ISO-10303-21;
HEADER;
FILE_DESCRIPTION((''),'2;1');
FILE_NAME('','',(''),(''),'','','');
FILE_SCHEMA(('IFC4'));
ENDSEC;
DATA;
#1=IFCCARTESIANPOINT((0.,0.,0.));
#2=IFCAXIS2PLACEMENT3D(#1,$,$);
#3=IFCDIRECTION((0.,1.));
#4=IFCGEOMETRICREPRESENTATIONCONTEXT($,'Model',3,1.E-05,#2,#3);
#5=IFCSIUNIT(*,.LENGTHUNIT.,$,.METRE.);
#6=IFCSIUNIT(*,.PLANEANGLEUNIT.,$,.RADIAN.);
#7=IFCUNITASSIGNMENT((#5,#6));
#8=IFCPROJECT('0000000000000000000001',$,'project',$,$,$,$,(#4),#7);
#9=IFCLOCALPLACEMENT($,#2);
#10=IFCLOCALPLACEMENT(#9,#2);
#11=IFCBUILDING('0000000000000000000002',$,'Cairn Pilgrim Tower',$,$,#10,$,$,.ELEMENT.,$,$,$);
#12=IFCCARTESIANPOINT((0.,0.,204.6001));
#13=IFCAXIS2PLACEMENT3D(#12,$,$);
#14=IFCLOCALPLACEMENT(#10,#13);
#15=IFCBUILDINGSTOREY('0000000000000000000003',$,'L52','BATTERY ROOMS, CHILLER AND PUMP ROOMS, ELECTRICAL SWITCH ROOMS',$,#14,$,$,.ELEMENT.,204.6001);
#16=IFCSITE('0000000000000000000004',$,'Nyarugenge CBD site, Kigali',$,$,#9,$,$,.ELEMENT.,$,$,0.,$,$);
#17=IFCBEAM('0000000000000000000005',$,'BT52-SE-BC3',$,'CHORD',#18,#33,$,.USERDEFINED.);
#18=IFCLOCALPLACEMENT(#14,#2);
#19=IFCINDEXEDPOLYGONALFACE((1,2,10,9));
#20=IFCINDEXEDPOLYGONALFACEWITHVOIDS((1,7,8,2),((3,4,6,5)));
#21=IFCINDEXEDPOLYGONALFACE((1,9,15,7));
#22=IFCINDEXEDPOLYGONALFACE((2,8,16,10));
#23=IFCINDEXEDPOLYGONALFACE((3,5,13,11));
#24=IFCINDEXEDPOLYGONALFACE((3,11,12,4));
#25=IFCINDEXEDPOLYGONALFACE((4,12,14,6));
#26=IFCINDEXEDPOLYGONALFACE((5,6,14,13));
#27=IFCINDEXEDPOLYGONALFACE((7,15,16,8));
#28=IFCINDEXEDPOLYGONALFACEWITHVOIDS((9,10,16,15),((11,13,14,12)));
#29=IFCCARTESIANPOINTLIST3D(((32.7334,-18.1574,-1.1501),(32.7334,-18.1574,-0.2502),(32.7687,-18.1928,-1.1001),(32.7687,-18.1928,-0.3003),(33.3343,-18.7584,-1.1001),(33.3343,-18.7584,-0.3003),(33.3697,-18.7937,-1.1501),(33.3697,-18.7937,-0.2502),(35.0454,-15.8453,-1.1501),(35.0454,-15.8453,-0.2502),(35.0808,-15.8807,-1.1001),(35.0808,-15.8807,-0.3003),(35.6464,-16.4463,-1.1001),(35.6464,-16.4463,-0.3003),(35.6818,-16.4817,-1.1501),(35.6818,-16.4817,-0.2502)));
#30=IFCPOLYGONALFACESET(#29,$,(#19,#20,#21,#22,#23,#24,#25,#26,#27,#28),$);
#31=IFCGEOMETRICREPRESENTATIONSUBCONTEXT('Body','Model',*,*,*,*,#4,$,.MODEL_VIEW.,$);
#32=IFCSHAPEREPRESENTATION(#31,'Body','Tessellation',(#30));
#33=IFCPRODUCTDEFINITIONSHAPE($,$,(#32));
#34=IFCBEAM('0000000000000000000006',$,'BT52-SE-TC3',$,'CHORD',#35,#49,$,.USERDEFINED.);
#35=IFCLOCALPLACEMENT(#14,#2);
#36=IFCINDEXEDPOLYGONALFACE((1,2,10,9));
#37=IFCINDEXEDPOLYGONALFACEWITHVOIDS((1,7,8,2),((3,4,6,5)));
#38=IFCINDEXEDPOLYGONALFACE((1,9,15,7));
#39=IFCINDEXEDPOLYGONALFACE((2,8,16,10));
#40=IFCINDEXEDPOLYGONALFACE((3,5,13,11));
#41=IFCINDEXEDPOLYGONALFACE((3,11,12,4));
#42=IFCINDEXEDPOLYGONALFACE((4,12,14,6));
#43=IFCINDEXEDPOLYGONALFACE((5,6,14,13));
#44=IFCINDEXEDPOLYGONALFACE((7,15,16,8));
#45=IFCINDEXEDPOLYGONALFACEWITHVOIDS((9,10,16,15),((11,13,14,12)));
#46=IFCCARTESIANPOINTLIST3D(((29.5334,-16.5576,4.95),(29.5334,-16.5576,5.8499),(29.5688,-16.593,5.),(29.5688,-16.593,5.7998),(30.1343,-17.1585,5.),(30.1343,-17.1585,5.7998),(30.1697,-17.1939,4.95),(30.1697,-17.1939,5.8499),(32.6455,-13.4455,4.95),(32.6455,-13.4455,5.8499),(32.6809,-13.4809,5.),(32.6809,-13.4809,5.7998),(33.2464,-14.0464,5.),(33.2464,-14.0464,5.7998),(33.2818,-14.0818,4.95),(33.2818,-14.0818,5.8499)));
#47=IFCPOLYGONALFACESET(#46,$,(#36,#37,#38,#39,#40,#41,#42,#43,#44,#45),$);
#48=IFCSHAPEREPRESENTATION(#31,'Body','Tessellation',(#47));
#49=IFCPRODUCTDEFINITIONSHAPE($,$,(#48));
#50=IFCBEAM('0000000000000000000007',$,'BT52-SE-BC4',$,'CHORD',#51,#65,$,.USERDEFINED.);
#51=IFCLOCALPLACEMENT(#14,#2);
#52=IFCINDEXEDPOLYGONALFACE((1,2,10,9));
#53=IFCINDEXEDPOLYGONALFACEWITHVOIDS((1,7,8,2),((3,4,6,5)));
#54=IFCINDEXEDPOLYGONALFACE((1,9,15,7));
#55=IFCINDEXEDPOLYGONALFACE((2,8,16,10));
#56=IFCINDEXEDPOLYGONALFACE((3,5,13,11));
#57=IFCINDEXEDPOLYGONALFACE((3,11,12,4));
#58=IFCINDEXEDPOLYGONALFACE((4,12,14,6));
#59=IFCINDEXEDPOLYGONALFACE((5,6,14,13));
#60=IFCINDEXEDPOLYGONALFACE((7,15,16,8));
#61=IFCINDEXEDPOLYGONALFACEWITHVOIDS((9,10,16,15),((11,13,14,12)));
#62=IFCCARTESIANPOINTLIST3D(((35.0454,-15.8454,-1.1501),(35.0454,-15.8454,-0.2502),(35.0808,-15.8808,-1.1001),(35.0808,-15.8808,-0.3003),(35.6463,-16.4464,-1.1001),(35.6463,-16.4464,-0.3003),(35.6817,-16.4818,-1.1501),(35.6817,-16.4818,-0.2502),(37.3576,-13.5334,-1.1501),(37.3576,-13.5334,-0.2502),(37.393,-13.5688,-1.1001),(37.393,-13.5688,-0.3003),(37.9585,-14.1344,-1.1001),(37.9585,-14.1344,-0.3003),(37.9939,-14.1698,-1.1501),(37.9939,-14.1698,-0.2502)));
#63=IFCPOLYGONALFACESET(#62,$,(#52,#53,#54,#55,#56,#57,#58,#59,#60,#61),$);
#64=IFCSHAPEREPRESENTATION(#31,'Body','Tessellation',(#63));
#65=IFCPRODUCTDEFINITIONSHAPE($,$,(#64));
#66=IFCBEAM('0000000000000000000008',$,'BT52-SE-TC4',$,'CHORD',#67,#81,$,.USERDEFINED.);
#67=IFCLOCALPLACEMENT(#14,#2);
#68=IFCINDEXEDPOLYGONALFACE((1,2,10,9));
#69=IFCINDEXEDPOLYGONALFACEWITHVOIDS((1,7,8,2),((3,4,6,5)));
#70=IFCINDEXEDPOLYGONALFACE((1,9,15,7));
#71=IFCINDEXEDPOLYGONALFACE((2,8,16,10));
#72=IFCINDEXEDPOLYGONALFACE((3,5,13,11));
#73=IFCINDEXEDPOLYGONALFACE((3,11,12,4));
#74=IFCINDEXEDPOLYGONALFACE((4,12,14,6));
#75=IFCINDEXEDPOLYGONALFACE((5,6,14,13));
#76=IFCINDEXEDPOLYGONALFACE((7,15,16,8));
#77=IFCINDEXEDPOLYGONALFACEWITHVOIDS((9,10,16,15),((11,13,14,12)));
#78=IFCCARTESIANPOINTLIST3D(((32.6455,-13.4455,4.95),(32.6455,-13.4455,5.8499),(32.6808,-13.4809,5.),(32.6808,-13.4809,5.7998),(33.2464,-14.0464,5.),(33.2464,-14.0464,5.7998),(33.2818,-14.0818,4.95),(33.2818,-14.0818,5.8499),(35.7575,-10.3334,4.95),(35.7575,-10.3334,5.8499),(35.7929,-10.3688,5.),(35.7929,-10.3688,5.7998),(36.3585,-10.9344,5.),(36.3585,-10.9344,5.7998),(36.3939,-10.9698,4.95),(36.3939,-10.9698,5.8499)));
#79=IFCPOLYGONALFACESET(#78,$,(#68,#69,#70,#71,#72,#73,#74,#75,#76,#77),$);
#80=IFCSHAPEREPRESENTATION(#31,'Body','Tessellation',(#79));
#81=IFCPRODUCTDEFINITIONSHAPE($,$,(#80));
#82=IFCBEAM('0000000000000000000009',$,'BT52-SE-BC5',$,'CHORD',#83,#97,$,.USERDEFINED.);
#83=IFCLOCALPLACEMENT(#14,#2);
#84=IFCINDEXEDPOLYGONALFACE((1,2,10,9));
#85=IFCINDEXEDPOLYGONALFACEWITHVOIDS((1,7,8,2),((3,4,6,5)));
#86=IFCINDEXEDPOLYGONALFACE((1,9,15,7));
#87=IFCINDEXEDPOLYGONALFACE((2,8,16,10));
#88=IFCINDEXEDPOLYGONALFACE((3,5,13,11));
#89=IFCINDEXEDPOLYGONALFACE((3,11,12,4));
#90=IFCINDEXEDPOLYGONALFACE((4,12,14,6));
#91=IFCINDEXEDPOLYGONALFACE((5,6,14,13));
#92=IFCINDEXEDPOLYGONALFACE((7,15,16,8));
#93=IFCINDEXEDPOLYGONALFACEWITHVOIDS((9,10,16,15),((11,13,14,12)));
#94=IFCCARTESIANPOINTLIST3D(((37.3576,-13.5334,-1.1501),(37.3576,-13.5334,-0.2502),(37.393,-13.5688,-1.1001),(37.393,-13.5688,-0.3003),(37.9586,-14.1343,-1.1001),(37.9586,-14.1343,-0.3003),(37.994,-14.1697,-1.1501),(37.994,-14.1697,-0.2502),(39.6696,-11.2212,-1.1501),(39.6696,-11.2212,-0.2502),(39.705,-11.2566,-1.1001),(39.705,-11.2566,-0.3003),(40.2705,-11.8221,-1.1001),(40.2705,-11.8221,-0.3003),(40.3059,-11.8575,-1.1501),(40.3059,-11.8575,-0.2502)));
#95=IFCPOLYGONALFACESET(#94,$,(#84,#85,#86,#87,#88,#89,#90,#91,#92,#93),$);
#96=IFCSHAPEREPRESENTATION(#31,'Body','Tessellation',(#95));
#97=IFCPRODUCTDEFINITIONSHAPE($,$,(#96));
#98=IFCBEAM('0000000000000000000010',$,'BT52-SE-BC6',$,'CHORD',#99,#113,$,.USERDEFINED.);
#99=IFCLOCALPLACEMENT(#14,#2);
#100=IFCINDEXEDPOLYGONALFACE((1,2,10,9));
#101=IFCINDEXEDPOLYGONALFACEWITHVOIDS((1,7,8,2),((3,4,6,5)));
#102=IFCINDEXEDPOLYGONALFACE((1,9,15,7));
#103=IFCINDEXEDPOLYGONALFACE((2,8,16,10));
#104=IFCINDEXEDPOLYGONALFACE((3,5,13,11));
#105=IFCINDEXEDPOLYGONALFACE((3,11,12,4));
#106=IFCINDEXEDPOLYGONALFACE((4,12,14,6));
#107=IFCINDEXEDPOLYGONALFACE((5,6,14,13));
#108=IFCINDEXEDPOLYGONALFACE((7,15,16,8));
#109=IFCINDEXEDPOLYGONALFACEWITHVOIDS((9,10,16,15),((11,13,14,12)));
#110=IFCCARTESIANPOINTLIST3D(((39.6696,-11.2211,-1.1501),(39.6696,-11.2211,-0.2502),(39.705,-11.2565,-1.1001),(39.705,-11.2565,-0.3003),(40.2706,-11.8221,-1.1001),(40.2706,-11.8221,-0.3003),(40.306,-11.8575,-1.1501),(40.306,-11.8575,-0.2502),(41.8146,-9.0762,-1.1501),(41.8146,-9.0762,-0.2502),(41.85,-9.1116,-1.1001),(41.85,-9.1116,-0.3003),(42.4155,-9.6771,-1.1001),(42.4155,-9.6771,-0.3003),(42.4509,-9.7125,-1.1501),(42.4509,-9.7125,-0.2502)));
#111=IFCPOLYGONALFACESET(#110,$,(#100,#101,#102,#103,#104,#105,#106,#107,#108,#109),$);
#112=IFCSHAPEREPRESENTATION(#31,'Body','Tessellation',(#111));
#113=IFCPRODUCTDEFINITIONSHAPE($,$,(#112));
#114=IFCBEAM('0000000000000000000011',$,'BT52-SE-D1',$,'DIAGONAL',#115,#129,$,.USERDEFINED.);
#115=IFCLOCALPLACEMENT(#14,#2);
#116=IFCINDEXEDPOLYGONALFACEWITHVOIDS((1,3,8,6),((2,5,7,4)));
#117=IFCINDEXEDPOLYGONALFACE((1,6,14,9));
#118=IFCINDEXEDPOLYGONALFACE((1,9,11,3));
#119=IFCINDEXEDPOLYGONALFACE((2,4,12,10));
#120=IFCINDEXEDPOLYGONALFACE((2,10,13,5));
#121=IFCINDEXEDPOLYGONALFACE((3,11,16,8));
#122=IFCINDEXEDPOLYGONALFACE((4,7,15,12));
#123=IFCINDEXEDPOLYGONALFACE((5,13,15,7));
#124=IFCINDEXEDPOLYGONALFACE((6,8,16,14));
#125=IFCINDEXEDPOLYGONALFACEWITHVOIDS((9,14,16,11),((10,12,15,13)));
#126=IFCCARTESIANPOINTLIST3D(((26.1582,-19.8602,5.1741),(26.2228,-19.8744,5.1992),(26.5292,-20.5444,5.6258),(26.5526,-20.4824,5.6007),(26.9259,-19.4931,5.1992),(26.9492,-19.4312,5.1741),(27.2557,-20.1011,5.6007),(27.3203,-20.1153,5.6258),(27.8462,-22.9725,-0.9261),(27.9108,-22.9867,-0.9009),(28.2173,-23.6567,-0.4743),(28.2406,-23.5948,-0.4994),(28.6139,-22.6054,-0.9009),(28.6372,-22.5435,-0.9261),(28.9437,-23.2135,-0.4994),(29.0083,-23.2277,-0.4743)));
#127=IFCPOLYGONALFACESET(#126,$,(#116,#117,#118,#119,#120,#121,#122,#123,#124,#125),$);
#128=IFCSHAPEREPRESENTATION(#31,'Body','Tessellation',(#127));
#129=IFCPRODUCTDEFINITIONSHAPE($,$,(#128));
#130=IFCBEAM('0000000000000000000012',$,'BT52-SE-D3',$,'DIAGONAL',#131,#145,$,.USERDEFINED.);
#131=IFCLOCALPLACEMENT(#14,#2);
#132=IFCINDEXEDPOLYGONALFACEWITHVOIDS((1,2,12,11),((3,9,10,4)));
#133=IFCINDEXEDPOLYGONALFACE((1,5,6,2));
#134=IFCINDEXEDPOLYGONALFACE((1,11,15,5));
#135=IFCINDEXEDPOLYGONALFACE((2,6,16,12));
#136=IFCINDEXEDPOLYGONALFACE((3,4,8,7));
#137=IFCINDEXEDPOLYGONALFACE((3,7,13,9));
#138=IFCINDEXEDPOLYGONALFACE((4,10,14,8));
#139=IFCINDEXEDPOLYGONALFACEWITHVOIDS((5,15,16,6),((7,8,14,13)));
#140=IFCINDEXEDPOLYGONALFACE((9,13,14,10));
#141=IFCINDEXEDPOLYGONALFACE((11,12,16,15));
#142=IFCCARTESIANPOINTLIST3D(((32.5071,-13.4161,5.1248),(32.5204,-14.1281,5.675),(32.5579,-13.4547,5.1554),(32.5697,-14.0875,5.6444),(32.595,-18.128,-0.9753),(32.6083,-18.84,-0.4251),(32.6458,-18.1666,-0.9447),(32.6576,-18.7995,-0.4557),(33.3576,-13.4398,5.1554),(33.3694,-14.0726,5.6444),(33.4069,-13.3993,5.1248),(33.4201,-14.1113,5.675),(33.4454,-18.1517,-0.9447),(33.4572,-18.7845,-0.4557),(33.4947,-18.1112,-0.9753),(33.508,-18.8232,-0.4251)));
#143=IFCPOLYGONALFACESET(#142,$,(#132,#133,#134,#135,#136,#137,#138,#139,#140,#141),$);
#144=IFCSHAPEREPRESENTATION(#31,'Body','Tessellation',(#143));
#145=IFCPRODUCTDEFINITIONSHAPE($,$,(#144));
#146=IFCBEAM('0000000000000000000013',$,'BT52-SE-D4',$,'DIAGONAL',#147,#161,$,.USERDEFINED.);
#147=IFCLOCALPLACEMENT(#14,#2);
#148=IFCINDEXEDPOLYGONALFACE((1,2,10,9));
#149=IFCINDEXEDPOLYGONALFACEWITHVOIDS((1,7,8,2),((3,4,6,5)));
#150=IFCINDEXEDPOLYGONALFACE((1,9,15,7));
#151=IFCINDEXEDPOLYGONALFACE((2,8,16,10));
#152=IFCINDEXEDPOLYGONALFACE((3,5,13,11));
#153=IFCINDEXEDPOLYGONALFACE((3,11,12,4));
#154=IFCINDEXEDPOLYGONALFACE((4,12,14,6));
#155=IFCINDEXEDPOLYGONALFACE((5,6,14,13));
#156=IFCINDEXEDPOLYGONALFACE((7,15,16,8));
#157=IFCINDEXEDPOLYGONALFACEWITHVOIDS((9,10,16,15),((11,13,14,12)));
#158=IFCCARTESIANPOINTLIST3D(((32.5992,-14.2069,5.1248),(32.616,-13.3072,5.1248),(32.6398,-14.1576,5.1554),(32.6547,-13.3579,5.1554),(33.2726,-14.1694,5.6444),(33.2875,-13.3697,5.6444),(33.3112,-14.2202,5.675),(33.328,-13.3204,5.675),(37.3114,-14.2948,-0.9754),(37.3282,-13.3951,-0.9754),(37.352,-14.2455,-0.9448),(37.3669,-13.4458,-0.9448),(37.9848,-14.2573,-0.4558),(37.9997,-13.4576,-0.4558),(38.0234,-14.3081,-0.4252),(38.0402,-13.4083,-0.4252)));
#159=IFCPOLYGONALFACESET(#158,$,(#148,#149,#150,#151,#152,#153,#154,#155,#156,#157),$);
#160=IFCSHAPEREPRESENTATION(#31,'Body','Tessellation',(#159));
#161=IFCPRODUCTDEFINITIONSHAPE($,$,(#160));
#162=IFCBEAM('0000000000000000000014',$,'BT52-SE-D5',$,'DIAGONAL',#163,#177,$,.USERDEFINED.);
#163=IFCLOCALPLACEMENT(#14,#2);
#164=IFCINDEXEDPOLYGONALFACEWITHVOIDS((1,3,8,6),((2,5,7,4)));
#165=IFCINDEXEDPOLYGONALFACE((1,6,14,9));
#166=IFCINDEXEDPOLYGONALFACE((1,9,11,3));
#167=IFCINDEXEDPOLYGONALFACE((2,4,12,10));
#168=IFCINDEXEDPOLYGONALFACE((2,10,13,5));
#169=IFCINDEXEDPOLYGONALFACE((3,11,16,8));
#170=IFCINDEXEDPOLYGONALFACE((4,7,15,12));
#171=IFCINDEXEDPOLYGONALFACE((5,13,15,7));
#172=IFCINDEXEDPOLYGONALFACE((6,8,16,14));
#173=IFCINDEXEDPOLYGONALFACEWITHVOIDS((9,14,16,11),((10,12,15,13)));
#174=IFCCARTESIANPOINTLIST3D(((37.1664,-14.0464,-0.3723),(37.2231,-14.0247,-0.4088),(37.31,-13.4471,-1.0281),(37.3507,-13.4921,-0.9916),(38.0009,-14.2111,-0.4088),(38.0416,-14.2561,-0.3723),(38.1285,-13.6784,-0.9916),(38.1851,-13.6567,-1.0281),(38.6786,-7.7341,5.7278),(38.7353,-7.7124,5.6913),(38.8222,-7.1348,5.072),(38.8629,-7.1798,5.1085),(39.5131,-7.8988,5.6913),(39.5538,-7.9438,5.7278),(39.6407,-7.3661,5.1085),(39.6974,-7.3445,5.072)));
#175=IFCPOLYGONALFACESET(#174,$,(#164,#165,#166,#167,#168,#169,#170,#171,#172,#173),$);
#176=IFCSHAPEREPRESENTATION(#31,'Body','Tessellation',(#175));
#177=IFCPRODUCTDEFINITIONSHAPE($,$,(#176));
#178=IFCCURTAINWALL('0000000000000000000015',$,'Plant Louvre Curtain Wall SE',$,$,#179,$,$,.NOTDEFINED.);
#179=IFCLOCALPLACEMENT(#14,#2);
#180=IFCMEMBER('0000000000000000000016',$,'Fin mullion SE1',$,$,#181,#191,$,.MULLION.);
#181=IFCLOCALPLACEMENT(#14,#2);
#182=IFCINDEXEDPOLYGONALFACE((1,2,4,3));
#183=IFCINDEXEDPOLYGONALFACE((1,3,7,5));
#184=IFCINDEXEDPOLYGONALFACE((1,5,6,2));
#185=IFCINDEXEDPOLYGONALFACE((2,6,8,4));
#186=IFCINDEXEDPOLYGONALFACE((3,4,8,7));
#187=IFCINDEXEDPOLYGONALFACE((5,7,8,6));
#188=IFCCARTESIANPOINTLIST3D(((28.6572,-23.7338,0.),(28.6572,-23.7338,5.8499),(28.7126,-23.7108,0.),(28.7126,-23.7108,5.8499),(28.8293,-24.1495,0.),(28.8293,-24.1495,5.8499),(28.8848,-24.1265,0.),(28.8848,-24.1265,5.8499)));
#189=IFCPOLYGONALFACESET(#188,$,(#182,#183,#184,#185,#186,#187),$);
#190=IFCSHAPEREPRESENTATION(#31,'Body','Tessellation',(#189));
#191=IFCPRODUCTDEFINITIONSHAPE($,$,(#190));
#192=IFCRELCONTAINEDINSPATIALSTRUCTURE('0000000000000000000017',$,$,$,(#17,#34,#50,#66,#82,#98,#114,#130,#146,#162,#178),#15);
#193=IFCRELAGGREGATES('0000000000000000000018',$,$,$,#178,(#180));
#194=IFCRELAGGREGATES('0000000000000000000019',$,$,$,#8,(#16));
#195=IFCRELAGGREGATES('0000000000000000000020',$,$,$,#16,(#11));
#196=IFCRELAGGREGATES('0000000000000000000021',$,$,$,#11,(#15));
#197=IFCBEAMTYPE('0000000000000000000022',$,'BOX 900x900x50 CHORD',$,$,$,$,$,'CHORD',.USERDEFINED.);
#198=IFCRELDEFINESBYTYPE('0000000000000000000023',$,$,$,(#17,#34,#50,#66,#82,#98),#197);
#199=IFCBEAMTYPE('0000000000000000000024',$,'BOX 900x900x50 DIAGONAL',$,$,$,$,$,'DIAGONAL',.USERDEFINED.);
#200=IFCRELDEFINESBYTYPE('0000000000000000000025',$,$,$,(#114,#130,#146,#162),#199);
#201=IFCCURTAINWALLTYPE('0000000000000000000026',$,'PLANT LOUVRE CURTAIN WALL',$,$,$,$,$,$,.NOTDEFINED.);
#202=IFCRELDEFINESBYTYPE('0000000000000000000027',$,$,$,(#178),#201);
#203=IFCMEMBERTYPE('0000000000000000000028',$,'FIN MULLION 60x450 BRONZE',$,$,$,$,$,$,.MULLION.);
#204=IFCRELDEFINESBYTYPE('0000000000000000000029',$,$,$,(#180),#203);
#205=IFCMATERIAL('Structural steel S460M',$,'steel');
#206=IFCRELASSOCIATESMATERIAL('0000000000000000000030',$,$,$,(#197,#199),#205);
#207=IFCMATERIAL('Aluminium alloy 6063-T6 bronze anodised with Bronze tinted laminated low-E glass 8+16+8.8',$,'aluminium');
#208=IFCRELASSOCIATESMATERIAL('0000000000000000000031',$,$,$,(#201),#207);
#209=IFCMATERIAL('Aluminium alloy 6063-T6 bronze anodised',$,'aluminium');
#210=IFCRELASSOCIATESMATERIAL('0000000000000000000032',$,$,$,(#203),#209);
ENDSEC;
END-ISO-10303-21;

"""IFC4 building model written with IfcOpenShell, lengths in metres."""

from ifc_helpers import new_model, si_unit, direction, frame, origin, origin_2d, place, context, subcontext, project, spatial, rectangle, hollow_rectangle, extrude, material, material_profile, profile_set, type_object, element, aggregate, save


model = new_model("IFC4")

# Units and contexts
model_context = context("Model", 3, precision=1e-05, world=origin(), true_north=direction((0.0, 1.0)))
body_context = subcontext(model_context, "Body", "Model", "MODEL_VIEW")
ifc_project = project(units=[si_unit("LENGTHUNIT", "METRE"), si_unit("PLANEANGLEUNIT", "RADIAN")], contexts=[model_context])

# Site, building, storey
site_placement = place(None, origin())
site = spatial("IfcSite", under=ifc_project, at=site_placement, Name="Nyarugenge CBD site, Kigali", CompositionType="ELEMENT", RefElevation=0.0)
building_placement = place(site_placement, origin())
building = spatial("IfcBuilding", under=site, at=building_placement, Name="Cairn Pilgrim Tower", CompositionType="ELEMENT")
storey_placement = place(building_placement, frame((0.0, 0.0, 204.6001)))
storey = spatial("IfcBuildingStorey", under=building, at=storey_placement, Name="L52", Description="BATTERY ROOMS, CHILLER AND PUMP ROOMS, ELECTRICAL SWITCH ROOMS", CompositionType="ELEMENT", Elevation=204.6001)

# Shared definitions
ifc_material_1 = material(Name="Structural steel S460M", Category="steel")

# Beams
ifc_material_profile_1 = material_profile(ifc_material_1, hollow_rectangle(XDim=0.8999, YDim=0.8999, WallThickness=0.05, at=origin_2d()), Name="BOX 900x900x50")
ifc_profile_set_1 = profile_set([ifc_material_profile_1], Name="Structural steel S460M")
beam_type_1 = type_object("IfcBeamType", Name="BOX 900x900x50 CHORD", ElementType="CHORD", PredefinedType="USERDEFINED", material=ifc_profile_set_1)
beam_1_placement = place(storey_placement, frame((33.0515, -18.4756, -0.7002), z_axis=(0.707107, 0.707107, 0.0), x_axis=(-0.707107, 0.707107, 0.0)))
element("IfcBeam", 1, at=beam_1_placement, inside=storey, type_object=beam_type_1, Name="BT52-SE-BC3", ObjectType="CHORD", PredefinedType="USERDEFINED", context=body_context, shape_type="SweptSolid", body=[
    extrude(hollow_rectangle(XDim=0.8999, YDim=0.8999, WallThickness=0.05, at=origin_2d()), origin(), (0.0, 0.0, 1.0), 3.2698),
])
beam_2_placement = place(storey_placement, frame((29.8516, -16.8757, 5.3999), z_axis=(0.707107, 0.707107, 0.0), x_axis=(-0.707107, 0.707107, 0.0)))
element("IfcBeam", 2, at=beam_2_placement, inside=storey, type_object=beam_type_1, Name="BT52-SE-TC3", ObjectType="CHORD", PredefinedType="USERDEFINED", context=body_context, shape_type="SweptSolid", body=[
    extrude(hollow_rectangle(XDim=0.8999, YDim=0.8999, WallThickness=0.05, at=origin_2d()), origin(), (0.0, 0.0, 1.0), 4.4011),
])
beam_3_placement = place(storey_placement, frame((35.3635, -16.1636, -0.7002), z_axis=(0.707144, 0.707069, 0.0), x_axis=(-0.707069, 0.707144, 0.0)))
element("IfcBeam", 3, at=beam_3_placement, inside=storey, type_object=beam_type_1, Name="BT52-SE-BC4", ObjectType="CHORD", PredefinedType="USERDEFINED", context=body_context, shape_type="SweptSolid", body=[
    extrude(hollow_rectangle(XDim=0.8999, YDim=0.8999, WallThickness=0.05, at=origin_2d()), origin(), (0.0, 0.0, 1.0), 3.2698),
])
beam_4_placement = place(storey_placement, frame((32.9636, -13.7637, 5.3999), z_axis=(0.707107, 0.707107, 0.0), x_axis=(-0.707107, 0.707107, 0.0)))
element("IfcBeam", 4, at=beam_4_placement, inside=storey, type_object=beam_type_1, Name="BT52-SE-TC4", ObjectType="CHORD", PredefinedType="USERDEFINED", context=body_context, shape_type="SweptSolid", body=[
    extrude(hollow_rectangle(XDim=0.8999, YDim=0.8999, WallThickness=0.05, at=origin_2d()), origin(), (0.0, 0.0, 1.0), 4.4011),
])
beam_5_placement = place(storey_placement, frame((37.6758, -13.8516, -0.7002), z_axis=(0.707069, 0.707144, 0.0), x_axis=(-0.707144, 0.707069, 0.0)))
element("IfcBeam", 5, at=beam_5_placement, inside=storey, type_object=beam_type_1, Name="BT52-SE-BC5", ObjectType="CHORD", PredefinedType="USERDEFINED", context=body_context, shape_type="SweptSolid", body=[
    extrude(hollow_rectangle(XDim=0.8999, YDim=0.8999, WallThickness=0.05, at=origin_2d()), origin(), (0.0, 0.0, 1.0), 3.2698),
])
beam_6_placement = place(storey_placement, frame((39.9878, -11.5393, -0.7002), z_axis=(0.707107, 0.707107, 0.0), x_axis=(-0.707107, 0.707107, 0.0)))
element("IfcBeam", 6, at=beam_6_placement, inside=storey, type_object=beam_type_1, Name="BT52-SE-BC6", ObjectType="CHORD", PredefinedType="USERDEFINED", context=body_context, shape_type="SweptSolid", body=[
    extrude(hollow_rectangle(XDim=0.8999, YDim=0.8999, WallThickness=0.05, at=origin_2d()), origin(), (0.0, 0.0, 1.0), 3.0334),
])
ifc_material_profile_2 = material_profile(ifc_material_1, hollow_rectangle(XDim=0.8999, YDim=0.8999, WallThickness=0.05, at=origin_2d()), Name="BOX 900x900x50")
ifc_profile_set_2 = profile_set([ifc_material_profile_2], Name="Structural steel S460M")
beam_type_2 = type_object("IfcBeamType", Name="BOX 900x900x50 DIAGONAL", ElementType="DIAGONAL", PredefinedType="USERDEFINED", material=ifc_profile_set_2)
beam_7_placement = place(storey_placement, frame((28.4272, -23.1001, -0.7002), z_axis=(-0.239324, 0.441264, 0.864876), x_axis=(-0.879037, -0.476754, 0.0)))
element("IfcBeam", 7, at=beam_7_placement, inside=storey, type_object=beam_type_2, Name="BT52-SE-D1", ObjectType="DIAGONAL", PredefinedType="USERDEFINED", context=body_context, shape_type="SweptSolid", body=[
    extrude(hollow_rectangle(XDim=0.8999, YDim=0.8999, WallThickness=0.05, at=origin_2d()), origin(), (0.0, 0.0, 1.0), 7.0532),
])
beam_8_placement = place(storey_placement, frame((33.0515, -18.4756, -0.7002), z_axis=(-0.011402, 0.611262, 0.791346), x_axis=(-0.999826, -0.01865, 0.0)))
element("IfcBeam", 8, at=beam_8_placement, inside=storey, type_object=beam_type_2, Name="BT52-SE-D3", ObjectType="DIAGONAL", PredefinedType="USERDEFINED", context=body_context, shape_type="SweptSolid", body=[
    extrude(hollow_rectangle(XDim=0.8999, YDim=0.8999, WallThickness=0.05, at=origin_2d()), origin(), (0.0, 0.0, 1.0), 7.7085),
])
beam_9_placement = place(storey_placement, frame((32.9636, -13.7637, 5.3999), z_axis=(0.611282, -0.011402, -0.791331), x_axis=(0.018649, 0.999826, 0.0)))
element("IfcBeam", 9, at=beam_9_placement, inside=storey, type_object=beam_type_2, Name="BT52-SE-D4", ObjectType="DIAGONAL", PredefinedType="USERDEFINED", context=body_context, shape_type="SweptSolid", body=[
    extrude(hollow_rectangle(XDim=0.8999, YDim=0.8999, WallThickness=0.05, at=origin_2d()), origin(), (0.0, 0.0, 1.0), 7.7087),
])
beam_10_placement = place(storey_placement, frame((37.6758, -13.8516, -0.7002), z_axis=(0.169769, 0.70865, 0.684832), x_axis=(-0.972483, 0.232975, 0.0)))
element("IfcBeam", 10, at=beam_10_placement, inside=storey, type_object=beam_type_2, Name="BT52-SE-D5", ObjectType="DIAGONAL", PredefinedType="USERDEFINED", context=body_context, shape_type="SweptSolid", body=[
    extrude(hollow_rectangle(XDim=0.8999, YDim=0.8999, WallThickness=0.05, at=origin_2d()), origin(), (0.0, 0.0, 1.0), 8.9075),
])

# Curtain wall, member
ifc_material_2 = material(Name="Aluminium alloy 6063-T6 bronze anodised with Bronze tinted laminated low-E glass 8+16+8.8", Category="aluminium")
curtain_wall_type = type_object("IfcCurtainWallType", Name="PLANT LOUVRE CURTAIN WALL", PredefinedType="NOTDEFINED", material=ifc_material_2)
curtain_wall_placement = place(storey_placement, origin())
curtain_wall = element("IfcCurtainWall", 11, at=curtain_wall_placement, inside=storey, type_object=curtain_wall_type, Name="Plant Louvre Curtain Wall SE", PredefinedType="NOTDEFINED")
ifc_material_3 = material(Name="Aluminium alloy 6063-T6 bronze anodised", Category="aluminium")
ifc_material_profile_3 = material_profile(ifc_material_3, rectangle(XDim=0.45, YDim=0.0601, at=origin_2d()), Name="FIN MULLION 60x450 BRONZE")
ifc_profile_set_3 = profile_set([ifc_material_profile_3], Name="Aluminium alloy 6063-T6 bronze anodised")
member_type_1 = type_object("IfcMemberType", Name="FIN MULLION 60x450 BRONZE", PredefinedType="MULLION", material=ifc_profile_set_3)
member_1_placement = place(storey_placement, frame((28.771, -23.9302, 0.0), z_axis=(0.0, 0.0, 1.0), x_axis=(0.382683, -0.92388, 0.0)))
member_1 = element("IfcMember", 12, at=member_1_placement, type_object=member_type_1, Name="Fin mullion SE1", PredefinedType="MULLION", context=body_context, shape_type="SweptSolid", body=[
    extrude(rectangle(XDim=0.45, YDim=0.0601, at=origin_2d()), origin(), (0.0, 0.0, 1.0), 5.8499),
])

aggregate(curtain_wall, [member_1])

save(model, "model.ifc")
